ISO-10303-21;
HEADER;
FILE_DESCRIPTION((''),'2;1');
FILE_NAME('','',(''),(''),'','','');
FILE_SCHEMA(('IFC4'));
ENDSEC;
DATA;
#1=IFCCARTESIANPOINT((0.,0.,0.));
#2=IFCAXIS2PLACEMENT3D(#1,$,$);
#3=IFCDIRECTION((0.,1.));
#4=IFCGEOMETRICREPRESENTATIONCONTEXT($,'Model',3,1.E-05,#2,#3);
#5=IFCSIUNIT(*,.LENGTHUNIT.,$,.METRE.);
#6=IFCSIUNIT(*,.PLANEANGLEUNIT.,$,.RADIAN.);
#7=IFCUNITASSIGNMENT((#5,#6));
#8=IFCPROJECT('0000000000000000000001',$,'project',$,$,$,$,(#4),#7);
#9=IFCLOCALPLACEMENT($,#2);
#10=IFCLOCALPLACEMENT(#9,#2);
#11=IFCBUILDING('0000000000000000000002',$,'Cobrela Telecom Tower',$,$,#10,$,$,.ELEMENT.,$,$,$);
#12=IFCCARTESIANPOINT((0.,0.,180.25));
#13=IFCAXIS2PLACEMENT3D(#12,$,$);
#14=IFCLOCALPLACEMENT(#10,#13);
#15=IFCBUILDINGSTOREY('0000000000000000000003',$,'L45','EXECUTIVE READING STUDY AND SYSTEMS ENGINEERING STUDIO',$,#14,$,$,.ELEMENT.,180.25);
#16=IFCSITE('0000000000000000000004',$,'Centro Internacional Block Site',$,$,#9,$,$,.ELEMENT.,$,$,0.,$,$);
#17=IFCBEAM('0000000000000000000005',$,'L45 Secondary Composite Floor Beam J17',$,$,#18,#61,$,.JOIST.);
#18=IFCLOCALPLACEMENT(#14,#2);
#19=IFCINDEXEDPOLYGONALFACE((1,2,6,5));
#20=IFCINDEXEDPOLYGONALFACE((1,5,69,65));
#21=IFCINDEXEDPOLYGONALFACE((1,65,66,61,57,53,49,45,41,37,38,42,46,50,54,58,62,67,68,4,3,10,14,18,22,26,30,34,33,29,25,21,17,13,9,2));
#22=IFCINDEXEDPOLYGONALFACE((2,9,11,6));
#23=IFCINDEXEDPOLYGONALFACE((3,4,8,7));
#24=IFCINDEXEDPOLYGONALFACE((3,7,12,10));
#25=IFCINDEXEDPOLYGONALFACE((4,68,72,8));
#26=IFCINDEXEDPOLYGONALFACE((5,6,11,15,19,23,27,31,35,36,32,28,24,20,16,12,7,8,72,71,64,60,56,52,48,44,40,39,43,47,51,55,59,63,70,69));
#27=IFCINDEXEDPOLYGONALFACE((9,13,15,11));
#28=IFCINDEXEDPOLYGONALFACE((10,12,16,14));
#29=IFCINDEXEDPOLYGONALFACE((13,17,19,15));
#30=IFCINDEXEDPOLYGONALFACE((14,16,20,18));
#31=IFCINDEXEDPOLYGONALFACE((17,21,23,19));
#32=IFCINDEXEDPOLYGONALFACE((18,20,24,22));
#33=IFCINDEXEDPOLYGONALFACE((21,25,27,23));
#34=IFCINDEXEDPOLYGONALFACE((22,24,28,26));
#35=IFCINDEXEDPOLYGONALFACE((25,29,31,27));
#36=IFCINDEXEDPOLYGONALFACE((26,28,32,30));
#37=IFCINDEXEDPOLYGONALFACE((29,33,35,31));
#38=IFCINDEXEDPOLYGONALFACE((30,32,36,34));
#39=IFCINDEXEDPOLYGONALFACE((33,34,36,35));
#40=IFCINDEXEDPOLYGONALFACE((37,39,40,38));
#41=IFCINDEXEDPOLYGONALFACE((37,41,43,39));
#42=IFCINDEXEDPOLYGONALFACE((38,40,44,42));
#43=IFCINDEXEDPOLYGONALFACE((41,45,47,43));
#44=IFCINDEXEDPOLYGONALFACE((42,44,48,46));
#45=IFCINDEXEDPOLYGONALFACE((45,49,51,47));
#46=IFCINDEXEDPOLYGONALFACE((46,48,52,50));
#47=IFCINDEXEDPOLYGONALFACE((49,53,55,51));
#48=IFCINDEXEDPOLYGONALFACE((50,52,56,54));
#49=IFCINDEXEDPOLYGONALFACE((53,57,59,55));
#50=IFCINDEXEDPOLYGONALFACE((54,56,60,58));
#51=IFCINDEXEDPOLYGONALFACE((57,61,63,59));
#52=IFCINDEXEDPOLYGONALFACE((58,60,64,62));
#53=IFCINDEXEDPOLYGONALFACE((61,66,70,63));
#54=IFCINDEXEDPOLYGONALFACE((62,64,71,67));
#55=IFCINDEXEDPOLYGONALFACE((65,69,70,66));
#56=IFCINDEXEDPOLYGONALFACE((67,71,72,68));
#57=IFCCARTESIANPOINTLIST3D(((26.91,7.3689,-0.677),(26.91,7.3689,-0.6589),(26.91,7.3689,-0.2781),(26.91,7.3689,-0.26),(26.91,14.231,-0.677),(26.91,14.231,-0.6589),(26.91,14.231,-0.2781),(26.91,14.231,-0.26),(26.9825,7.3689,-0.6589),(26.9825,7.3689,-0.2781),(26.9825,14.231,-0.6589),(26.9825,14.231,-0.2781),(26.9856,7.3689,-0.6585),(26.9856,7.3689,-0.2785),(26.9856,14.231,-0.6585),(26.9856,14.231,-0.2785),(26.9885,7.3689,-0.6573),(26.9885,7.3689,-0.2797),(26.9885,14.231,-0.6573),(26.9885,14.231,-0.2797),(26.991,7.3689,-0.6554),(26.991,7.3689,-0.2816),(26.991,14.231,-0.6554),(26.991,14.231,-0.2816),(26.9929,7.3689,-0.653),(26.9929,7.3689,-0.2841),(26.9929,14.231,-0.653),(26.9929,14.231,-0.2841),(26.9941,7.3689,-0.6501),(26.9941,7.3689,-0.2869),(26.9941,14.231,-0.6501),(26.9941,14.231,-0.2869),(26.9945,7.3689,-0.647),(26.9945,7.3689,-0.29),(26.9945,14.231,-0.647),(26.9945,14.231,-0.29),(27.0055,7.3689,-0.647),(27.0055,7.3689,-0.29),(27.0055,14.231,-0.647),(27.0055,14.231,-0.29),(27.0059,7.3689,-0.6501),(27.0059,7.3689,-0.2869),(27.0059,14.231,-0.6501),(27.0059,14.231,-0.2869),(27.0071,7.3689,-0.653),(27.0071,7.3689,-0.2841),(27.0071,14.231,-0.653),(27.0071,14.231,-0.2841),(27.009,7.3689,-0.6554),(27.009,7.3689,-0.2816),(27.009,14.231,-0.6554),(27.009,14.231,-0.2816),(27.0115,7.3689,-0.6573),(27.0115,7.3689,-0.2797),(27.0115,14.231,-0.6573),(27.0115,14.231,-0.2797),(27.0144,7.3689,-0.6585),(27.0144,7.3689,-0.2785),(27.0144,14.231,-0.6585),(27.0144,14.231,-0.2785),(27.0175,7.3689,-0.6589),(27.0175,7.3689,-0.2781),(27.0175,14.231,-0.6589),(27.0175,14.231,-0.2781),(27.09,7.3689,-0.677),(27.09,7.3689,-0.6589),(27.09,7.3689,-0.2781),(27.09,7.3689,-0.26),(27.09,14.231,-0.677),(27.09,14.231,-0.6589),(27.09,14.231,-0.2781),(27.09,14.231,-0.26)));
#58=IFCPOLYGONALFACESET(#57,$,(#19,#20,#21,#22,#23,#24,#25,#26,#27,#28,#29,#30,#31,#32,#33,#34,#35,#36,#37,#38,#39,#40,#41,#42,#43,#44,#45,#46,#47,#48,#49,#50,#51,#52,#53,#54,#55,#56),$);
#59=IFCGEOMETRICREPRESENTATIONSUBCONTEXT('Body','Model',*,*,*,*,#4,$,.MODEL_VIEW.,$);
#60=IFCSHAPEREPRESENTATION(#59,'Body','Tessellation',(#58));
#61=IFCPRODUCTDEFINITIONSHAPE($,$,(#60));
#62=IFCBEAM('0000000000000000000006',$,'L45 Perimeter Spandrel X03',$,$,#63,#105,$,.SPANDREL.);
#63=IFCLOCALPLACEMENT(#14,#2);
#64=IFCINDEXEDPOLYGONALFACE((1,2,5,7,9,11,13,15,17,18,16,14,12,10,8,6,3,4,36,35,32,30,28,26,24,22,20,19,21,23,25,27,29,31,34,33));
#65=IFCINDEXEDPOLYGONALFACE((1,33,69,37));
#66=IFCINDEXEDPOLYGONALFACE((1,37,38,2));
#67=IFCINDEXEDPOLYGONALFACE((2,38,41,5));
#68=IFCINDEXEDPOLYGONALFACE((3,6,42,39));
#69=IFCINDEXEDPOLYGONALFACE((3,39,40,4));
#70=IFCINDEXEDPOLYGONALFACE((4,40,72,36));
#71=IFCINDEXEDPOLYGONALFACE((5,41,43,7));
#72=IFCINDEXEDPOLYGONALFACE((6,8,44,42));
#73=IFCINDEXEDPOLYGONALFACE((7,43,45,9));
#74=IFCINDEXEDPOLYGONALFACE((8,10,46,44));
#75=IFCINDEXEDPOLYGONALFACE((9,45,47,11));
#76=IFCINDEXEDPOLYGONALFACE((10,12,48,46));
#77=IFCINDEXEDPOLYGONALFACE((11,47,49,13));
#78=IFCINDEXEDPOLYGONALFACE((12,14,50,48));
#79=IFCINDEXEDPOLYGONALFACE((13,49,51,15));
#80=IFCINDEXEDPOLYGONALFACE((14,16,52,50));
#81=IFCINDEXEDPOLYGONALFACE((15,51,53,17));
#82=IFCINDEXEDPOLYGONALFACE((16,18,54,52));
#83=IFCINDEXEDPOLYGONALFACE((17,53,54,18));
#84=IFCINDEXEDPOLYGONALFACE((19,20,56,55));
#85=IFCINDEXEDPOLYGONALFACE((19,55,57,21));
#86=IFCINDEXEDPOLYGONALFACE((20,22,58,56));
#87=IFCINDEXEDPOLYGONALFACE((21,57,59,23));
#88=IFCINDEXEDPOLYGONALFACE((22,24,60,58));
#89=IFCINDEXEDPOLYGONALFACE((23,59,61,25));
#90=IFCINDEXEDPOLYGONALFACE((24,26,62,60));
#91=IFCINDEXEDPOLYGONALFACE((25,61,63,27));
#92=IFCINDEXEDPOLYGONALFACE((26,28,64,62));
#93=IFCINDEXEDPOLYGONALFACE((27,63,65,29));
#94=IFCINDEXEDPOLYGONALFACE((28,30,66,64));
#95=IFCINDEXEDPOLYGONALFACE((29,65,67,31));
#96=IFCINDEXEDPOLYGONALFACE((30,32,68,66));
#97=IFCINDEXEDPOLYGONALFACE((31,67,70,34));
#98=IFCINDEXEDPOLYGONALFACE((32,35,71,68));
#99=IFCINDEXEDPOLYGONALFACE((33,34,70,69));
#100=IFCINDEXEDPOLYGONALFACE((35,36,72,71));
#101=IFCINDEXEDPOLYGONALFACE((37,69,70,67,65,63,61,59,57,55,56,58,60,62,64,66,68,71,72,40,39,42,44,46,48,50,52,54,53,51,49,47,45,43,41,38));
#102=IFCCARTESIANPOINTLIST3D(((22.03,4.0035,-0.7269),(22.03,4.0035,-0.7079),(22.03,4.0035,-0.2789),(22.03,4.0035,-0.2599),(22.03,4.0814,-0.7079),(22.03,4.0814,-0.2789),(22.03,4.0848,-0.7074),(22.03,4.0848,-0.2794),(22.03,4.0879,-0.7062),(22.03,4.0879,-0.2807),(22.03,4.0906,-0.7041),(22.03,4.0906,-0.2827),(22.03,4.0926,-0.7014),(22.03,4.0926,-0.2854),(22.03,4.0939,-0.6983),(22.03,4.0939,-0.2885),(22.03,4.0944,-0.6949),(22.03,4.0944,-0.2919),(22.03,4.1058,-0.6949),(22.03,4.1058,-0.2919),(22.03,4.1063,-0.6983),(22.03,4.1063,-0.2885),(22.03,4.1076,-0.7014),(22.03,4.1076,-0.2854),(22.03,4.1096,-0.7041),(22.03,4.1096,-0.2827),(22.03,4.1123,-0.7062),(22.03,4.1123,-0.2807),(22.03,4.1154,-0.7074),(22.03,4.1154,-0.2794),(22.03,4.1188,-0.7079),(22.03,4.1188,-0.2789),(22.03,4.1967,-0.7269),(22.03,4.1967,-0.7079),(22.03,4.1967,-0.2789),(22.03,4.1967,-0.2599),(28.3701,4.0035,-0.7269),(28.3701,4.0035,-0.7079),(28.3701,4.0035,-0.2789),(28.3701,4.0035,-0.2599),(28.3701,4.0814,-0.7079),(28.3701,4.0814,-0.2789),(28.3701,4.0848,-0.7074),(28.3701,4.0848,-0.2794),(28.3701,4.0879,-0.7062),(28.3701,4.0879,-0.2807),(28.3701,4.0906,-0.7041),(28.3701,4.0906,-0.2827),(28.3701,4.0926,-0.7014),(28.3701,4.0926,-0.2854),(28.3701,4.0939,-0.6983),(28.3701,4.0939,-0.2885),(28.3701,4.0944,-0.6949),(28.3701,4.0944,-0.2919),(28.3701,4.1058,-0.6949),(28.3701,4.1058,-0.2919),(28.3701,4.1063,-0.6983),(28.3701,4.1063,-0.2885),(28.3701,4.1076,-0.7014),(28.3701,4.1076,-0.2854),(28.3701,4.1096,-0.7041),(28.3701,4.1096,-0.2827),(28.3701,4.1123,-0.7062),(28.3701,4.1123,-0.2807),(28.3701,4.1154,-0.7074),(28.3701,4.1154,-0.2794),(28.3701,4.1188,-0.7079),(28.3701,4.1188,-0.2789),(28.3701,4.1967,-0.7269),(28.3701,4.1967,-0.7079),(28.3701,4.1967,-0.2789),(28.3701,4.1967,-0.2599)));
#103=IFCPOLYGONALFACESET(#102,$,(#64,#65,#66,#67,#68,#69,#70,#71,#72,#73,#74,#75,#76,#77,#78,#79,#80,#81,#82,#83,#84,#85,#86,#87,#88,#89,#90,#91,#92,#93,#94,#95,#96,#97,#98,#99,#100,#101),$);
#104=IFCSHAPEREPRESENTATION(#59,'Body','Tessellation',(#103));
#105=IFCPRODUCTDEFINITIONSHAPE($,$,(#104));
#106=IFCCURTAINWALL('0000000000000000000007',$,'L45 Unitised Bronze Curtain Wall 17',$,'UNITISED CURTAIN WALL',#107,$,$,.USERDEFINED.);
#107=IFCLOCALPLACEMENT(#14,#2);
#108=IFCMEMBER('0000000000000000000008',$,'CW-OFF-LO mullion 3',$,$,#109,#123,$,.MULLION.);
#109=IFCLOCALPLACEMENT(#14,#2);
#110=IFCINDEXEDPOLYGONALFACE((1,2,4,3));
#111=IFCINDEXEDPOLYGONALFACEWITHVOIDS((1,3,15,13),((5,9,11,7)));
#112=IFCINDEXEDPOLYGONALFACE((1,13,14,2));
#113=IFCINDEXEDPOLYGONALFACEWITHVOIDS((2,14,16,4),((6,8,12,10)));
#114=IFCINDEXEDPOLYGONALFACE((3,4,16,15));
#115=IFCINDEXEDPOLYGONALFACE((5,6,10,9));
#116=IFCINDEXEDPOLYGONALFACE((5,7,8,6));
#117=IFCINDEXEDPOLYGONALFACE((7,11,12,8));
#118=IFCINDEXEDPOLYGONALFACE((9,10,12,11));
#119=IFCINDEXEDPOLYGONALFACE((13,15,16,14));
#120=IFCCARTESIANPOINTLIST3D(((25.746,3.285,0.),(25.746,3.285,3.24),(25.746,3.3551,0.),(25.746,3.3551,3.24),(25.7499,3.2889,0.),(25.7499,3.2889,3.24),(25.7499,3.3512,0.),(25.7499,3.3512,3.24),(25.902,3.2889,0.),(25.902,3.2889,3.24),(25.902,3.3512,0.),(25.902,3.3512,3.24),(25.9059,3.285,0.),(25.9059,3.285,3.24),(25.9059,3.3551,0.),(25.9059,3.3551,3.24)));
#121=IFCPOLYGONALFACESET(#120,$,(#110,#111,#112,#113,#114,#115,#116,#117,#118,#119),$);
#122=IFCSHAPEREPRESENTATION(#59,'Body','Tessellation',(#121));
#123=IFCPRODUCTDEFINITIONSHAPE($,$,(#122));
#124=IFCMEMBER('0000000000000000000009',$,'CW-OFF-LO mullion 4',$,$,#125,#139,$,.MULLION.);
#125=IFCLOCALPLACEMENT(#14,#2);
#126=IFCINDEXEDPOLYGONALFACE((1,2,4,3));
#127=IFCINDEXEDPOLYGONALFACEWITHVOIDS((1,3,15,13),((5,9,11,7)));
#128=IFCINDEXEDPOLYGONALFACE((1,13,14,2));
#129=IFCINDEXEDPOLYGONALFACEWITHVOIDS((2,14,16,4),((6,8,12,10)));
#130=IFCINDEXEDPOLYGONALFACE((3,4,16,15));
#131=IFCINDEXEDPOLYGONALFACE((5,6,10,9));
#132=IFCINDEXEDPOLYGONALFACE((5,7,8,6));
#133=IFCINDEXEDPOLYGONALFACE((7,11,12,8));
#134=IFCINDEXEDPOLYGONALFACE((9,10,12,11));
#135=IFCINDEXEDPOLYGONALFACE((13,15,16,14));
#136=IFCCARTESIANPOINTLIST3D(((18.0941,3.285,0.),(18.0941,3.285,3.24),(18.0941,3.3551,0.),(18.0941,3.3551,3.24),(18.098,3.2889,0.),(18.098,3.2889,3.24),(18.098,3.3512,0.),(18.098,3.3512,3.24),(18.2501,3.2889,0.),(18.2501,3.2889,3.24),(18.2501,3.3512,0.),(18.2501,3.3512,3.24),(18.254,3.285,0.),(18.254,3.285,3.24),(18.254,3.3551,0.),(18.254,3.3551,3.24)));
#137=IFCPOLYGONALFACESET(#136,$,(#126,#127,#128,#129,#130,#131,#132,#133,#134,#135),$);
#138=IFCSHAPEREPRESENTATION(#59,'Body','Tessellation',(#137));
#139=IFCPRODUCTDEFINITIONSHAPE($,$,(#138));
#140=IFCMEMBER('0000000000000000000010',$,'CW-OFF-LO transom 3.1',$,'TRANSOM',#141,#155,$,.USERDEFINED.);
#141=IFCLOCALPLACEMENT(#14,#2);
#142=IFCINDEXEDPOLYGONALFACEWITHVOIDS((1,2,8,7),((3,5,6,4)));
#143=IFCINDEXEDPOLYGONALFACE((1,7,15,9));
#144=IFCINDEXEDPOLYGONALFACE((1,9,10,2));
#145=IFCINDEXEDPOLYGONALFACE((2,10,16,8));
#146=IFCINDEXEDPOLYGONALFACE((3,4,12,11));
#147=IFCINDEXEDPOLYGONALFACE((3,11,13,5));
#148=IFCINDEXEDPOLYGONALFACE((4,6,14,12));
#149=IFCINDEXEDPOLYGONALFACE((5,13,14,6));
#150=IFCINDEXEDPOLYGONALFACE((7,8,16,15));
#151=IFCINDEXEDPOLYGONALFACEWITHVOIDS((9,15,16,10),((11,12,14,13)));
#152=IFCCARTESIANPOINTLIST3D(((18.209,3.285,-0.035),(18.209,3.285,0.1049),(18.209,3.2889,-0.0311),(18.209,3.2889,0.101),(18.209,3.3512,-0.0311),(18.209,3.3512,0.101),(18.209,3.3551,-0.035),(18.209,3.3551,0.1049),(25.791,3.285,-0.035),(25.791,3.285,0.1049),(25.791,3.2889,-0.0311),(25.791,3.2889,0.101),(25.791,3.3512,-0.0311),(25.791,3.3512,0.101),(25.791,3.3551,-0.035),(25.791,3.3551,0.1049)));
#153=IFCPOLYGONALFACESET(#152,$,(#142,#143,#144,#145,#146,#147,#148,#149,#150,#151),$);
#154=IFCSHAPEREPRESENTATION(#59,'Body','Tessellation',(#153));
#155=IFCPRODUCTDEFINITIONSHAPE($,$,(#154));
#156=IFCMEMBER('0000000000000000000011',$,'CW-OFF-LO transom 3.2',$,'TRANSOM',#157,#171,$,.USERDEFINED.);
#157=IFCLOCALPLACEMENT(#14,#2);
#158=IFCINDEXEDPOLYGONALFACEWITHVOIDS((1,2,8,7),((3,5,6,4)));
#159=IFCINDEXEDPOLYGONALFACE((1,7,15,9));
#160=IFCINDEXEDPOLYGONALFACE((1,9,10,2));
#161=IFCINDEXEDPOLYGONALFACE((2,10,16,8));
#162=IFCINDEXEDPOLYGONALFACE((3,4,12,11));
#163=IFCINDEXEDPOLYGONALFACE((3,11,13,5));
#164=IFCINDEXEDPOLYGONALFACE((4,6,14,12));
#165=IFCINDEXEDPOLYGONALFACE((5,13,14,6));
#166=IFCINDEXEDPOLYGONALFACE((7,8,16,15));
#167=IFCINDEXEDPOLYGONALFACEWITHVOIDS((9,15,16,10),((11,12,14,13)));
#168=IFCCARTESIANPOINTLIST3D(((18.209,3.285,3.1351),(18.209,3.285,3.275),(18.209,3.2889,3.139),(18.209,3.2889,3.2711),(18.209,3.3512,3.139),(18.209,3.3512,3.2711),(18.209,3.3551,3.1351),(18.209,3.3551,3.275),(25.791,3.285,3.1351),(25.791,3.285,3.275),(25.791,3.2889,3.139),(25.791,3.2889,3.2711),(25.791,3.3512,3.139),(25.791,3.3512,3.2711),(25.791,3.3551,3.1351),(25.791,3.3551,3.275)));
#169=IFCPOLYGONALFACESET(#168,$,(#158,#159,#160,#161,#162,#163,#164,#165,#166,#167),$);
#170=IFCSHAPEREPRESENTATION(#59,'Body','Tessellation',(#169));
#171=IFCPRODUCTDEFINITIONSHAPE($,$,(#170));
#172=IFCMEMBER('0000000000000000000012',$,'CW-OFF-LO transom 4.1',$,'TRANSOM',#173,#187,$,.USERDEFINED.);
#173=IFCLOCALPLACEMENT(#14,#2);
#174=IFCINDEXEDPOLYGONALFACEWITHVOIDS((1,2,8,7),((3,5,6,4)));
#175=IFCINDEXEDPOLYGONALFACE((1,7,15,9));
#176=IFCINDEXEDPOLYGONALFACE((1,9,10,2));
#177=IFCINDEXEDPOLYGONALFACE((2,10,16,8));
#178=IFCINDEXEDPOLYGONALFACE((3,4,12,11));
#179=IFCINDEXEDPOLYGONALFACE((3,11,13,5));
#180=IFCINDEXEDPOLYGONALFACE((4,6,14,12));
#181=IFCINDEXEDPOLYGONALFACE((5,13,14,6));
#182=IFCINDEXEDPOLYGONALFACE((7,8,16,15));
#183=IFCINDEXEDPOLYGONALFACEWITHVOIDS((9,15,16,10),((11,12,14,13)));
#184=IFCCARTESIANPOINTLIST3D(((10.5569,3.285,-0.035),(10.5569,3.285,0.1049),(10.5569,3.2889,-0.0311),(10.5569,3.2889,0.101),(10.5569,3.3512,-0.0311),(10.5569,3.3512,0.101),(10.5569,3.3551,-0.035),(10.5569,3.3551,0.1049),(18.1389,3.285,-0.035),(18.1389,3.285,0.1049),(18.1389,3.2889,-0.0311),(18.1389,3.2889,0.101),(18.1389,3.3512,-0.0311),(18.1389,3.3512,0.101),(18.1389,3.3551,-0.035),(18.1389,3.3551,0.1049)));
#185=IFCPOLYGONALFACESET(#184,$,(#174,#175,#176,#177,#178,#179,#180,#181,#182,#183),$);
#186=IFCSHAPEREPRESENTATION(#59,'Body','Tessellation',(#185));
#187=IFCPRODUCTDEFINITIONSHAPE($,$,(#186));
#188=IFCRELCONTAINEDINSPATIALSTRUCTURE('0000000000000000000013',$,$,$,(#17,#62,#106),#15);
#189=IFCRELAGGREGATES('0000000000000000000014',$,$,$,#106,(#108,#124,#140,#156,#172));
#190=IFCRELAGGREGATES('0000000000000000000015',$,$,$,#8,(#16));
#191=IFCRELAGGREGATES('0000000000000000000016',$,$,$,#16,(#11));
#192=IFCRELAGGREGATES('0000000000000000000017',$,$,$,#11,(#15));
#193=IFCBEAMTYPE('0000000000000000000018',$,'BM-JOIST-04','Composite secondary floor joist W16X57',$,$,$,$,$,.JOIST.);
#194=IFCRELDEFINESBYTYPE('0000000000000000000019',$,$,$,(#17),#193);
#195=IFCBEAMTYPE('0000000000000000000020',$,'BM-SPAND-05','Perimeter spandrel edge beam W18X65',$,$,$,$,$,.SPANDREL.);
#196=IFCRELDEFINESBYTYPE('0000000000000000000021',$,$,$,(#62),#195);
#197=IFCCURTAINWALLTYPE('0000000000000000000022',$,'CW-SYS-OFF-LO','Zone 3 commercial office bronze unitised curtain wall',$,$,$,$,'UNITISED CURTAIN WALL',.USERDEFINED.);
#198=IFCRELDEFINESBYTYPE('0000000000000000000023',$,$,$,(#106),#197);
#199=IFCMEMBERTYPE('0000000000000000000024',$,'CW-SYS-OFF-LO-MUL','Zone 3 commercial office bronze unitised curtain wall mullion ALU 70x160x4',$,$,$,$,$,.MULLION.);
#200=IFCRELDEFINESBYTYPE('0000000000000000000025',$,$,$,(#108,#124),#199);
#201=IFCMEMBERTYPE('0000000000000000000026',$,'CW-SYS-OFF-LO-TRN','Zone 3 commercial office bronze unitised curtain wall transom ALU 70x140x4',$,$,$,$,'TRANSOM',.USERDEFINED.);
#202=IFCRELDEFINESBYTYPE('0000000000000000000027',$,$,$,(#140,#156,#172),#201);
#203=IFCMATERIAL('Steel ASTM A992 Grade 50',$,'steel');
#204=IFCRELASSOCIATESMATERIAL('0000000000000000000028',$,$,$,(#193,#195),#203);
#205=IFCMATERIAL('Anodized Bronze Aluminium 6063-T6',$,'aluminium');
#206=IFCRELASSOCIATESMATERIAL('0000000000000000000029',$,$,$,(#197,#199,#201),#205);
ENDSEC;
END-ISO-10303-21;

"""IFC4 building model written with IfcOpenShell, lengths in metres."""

from ifc_helpers import new_model, si_unit, direction, frame, origin, origin_2d, place, context, subcontext, project, spatial, hollow_rectangle, i_section, extrude, material, material_profile, profile_set, type_object, element, aggregate, save


model = new_model("IFC4")

# Units and contexts
model_context = context("Model", 3, precision=1e-05, world=origin(), true_north=direction((0.0, 1.0)))
body_context = subcontext(model_context, "Body", "Model", "MODEL_VIEW")
ifc_project = project(units=[si_unit("LENGTHUNIT", "METRE"), si_unit("PLANEANGLEUNIT", "RADIAN")], contexts=[model_context])

# Site, building, storey
site_placement = place(None, origin())
site = spatial("IfcSite", under=ifc_project, at=site_placement, Name="Centro Internacional Block Site", CompositionType="ELEMENT", RefElevation=0.0)
building_placement = place(site_placement, origin())
building = spatial("IfcBuilding", under=site, at=building_placement, Name="Cobrela Telecom Tower", CompositionType="ELEMENT")
storey_placement = place(building_placement, frame((0.0, 0.0, 180.25)))
storey = spatial("IfcBuildingStorey", under=building, at=storey_placement, Name="L45", Description="EXECUTIVE READING STUDY AND SYSTEMS ENGINEERING STUDIO", CompositionType="ELEMENT", Elevation=180.25)

# Shared definitions
ifc_material_1 = material(Name="Steel ASTM A992 Grade 50", Category="steel")

# Beams
ifc_material_profile_1 = material_profile(ifc_material_1, i_section(OverallWidth=0.1799, OverallDepth=0.417, WebThickness=0.011, FlangeThickness=0.0181, FilletRadius=0.012, at=origin_2d()), Name="W16X57")
ifc_profile_set_1 = profile_set([ifc_material_profile_1], Name="Steel ASTM A992 Grade 50")
beam_type_1 = type_object("IfcBeamType", Name="BM-JOIST-04", Description="Composite secondary floor joist W16X57", PredefinedType="JOIST", material=ifc_profile_set_1)
for number, where, z_axis, x_axis, name in (
    (1, (27.0, 7.3689, -0.4685), (0.0, 1.0, 0.0), (-1.0, 0.0, 0.0), "L45 Secondary Composite Floor Beam J17"),
):
    element("IfcBeam", number, at=place(storey_placement, frame(where, z_axis=z_axis, x_axis=x_axis)), inside=storey, type_object=beam_type_1, Name=name, PredefinedType="JOIST", context=body_context, shape_type="SweptSolid", body=[
        extrude(i_section(OverallWidth=0.1799, OverallDepth=0.417, WebThickness=0.011, FlangeThickness=0.0181, FilletRadius=0.012, at=origin_2d()), origin(), (0.0, 0.0, 1.0), 6.8621),
    ])
ifc_material_profile_2 = material_profile(ifc_material_1, i_section(OverallWidth=0.1931, OverallDepth=0.467, WebThickness=0.0115, FlangeThickness=0.019, FilletRadius=0.0129, at=origin_2d()), Name="W18X65")
ifc_profile_set_2 = profile_set([ifc_material_profile_2], Name="Steel ASTM A992 Grade 50")
beam_type_2 = type_object("IfcBeamType", Name="BM-SPAND-05", Description="Perimeter spandrel edge beam W18X65", PredefinedType="SPANDREL", material=ifc_profile_set_2)
beam_1_placement = place(storey_placement, frame((22.03, 4.1001, -0.4934), z_axis=(1.0, 0.0, 0.0), x_axis=(0.0, 1.0, 0.0)))
element("IfcBeam", 2, at=beam_1_placement, inside=storey, type_object=beam_type_2, Name="L45 Perimeter Spandrel X03", PredefinedType="SPANDREL", context=body_context, shape_type="SweptSolid", body=[
    extrude(i_section(OverallWidth=0.1931, OverallDepth=0.467, WebThickness=0.0115, FlangeThickness=0.019, FilletRadius=0.0129, at=origin_2d()), origin(), (0.0, 0.0, 1.0), 6.3401),
])

# Curtain wall, members
ifc_material_2 = material(Name="Anodized Bronze Aluminium 6063-T6", Category="aluminium")
curtain_wall_type = type_object("IfcCurtainWallType", Name="CW-SYS-OFF-LO", Description="Zone 3 commercial office bronze unitised curtain wall", ElementType="UNITISED CURTAIN WALL", PredefinedType="USERDEFINED", material=ifc_material_2)
curtain_wall_placement = place(storey_placement, origin())
curtain_wall = element("IfcCurtainWall", 3, at=curtain_wall_placement, inside=storey, type_object=curtain_wall_type, Name="L45 Unitised Bronze Curtain Wall 17", ObjectType="UNITISED CURTAIN WALL", PredefinedType="USERDEFINED")
ifc_material_profile_3 = material_profile(ifc_material_2, hollow_rectangle(XDim=0.0701, YDim=0.1599, WallThickness=0.0039, at=origin_2d()), Name="ALU 70x160x4")
ifc_profile_set_3 = profile_set([ifc_material_profile_3], Name="Anodized Bronze Aluminium 6063-T6")
member_type_1 = type_object("IfcMemberType", Name="CW-SYS-OFF-LO-MUL", Description="Zone 3 commercial office bronze unitised curtain wall mullion ALU 70x160x4", PredefinedType="MULLION", material=ifc_profile_set_3)
member_1_placement = place(storey_placement, frame((25.8259, 3.3201, 0.0), z_axis=(0.0, 0.0, 1.0), x_axis=(0.0, -1.0, 0.0)))
member_1 = element("IfcMember", 4, at=member_1_placement, type_object=member_type_1, Name="CW-OFF-LO mullion 3", PredefinedType="MULLION", context=body_context, shape_type="SweptSolid", body=[
    extrude(hollow_rectangle(XDim=0.0701, YDim=0.1599, WallThickness=0.0039, at=origin_2d()), origin(), (0.0, 0.0, 1.0), 3.24),
])
member_2_placement = place(storey_placement, frame((18.1741, 3.3201, 0.0), z_axis=(0.0, 0.0, 1.0), x_axis=(0.0, -1.0, 0.0)))
member_2 = element("IfcMember", 5, at=member_2_placement, type_object=member_type_1, Name="CW-OFF-LO mullion 4", PredefinedType="MULLION", context=body_context, shape_type="SweptSolid", body=[
    extrude(hollow_rectangle(XDim=0.0701, YDim=0.1599, WallThickness=0.0039, at=origin_2d()), origin(), (0.0, 0.0, 1.0), 3.24),
])
ifc_material_profile_4 = material_profile(ifc_material_2, hollow_rectangle(XDim=0.0701, YDim=0.1399, WallThickness=0.0039, at=origin_2d()), Name="ALU 70x140x4")
ifc_profile_set_4 = profile_set([ifc_material_profile_4], Name="Anodized Bronze Aluminium 6063-T6")
member_type_2 = type_object("IfcMemberType", Name="CW-SYS-OFF-LO-TRN", Description="Zone 3 commercial office bronze unitised curtain wall transom ALU 70x140x4", ElementType="TRANSOM", PredefinedType="USERDEFINED", material=ifc_profile_set_4)
member_3_placement = place(storey_placement, frame((25.791, 3.3201, 0.0349), z_axis=(-1.0, 0.0, 0.0), x_axis=(0.0, -1.0, 0.0)))
member_3 = element("IfcMember", 6, at=member_3_placement, type_object=member_type_2, Name="CW-OFF-LO transom 3.1", ObjectType="TRANSOM", PredefinedType="USERDEFINED", context=body_context, shape_type="SweptSolid", body=[
    extrude(hollow_rectangle(XDim=0.0701, YDim=0.1399, WallThickness=0.0039, at=origin_2d()), origin(), (0.0, 0.0, 1.0), 7.582),
])
member_4_placement = place(storey_placement, frame((25.791, 3.3201, 3.2051), z_axis=(-1.0, 0.0, 0.0), x_axis=(0.0, -1.0, 0.0)))
member_4 = element("IfcMember", 7, at=member_4_placement, type_object=member_type_2, Name="CW-OFF-LO transom 3.2", ObjectType="TRANSOM", PredefinedType="USERDEFINED", context=body_context, shape_type="SweptSolid", body=[
    extrude(hollow_rectangle(XDim=0.0701, YDim=0.1399, WallThickness=0.0039, at=origin_2d()), origin(), (0.0, 0.0, 1.0), 7.582),
])
member_5_placement = place(storey_placement, frame((18.1389, 3.3201, 0.0349), z_axis=(-1.0, 0.0, 0.0), x_axis=(0.0, -1.0, 0.0)))
member_5 = element("IfcMember", 8, at=member_5_placement, type_object=member_type_2, Name="CW-OFF-LO transom 4.1", ObjectType="TRANSOM", PredefinedType="USERDEFINED", context=body_context, shape_type="SweptSolid", body=[
    extrude(hollow_rectangle(XDim=0.0701, YDim=0.1399, WallThickness=0.0039, at=origin_2d()), origin(), (0.0, 0.0, 1.0), 7.582),
])
aggregate(curtain_wall, [member_1, member_2, member_3, member_4, member_5])

save(model, "model.ifc")
